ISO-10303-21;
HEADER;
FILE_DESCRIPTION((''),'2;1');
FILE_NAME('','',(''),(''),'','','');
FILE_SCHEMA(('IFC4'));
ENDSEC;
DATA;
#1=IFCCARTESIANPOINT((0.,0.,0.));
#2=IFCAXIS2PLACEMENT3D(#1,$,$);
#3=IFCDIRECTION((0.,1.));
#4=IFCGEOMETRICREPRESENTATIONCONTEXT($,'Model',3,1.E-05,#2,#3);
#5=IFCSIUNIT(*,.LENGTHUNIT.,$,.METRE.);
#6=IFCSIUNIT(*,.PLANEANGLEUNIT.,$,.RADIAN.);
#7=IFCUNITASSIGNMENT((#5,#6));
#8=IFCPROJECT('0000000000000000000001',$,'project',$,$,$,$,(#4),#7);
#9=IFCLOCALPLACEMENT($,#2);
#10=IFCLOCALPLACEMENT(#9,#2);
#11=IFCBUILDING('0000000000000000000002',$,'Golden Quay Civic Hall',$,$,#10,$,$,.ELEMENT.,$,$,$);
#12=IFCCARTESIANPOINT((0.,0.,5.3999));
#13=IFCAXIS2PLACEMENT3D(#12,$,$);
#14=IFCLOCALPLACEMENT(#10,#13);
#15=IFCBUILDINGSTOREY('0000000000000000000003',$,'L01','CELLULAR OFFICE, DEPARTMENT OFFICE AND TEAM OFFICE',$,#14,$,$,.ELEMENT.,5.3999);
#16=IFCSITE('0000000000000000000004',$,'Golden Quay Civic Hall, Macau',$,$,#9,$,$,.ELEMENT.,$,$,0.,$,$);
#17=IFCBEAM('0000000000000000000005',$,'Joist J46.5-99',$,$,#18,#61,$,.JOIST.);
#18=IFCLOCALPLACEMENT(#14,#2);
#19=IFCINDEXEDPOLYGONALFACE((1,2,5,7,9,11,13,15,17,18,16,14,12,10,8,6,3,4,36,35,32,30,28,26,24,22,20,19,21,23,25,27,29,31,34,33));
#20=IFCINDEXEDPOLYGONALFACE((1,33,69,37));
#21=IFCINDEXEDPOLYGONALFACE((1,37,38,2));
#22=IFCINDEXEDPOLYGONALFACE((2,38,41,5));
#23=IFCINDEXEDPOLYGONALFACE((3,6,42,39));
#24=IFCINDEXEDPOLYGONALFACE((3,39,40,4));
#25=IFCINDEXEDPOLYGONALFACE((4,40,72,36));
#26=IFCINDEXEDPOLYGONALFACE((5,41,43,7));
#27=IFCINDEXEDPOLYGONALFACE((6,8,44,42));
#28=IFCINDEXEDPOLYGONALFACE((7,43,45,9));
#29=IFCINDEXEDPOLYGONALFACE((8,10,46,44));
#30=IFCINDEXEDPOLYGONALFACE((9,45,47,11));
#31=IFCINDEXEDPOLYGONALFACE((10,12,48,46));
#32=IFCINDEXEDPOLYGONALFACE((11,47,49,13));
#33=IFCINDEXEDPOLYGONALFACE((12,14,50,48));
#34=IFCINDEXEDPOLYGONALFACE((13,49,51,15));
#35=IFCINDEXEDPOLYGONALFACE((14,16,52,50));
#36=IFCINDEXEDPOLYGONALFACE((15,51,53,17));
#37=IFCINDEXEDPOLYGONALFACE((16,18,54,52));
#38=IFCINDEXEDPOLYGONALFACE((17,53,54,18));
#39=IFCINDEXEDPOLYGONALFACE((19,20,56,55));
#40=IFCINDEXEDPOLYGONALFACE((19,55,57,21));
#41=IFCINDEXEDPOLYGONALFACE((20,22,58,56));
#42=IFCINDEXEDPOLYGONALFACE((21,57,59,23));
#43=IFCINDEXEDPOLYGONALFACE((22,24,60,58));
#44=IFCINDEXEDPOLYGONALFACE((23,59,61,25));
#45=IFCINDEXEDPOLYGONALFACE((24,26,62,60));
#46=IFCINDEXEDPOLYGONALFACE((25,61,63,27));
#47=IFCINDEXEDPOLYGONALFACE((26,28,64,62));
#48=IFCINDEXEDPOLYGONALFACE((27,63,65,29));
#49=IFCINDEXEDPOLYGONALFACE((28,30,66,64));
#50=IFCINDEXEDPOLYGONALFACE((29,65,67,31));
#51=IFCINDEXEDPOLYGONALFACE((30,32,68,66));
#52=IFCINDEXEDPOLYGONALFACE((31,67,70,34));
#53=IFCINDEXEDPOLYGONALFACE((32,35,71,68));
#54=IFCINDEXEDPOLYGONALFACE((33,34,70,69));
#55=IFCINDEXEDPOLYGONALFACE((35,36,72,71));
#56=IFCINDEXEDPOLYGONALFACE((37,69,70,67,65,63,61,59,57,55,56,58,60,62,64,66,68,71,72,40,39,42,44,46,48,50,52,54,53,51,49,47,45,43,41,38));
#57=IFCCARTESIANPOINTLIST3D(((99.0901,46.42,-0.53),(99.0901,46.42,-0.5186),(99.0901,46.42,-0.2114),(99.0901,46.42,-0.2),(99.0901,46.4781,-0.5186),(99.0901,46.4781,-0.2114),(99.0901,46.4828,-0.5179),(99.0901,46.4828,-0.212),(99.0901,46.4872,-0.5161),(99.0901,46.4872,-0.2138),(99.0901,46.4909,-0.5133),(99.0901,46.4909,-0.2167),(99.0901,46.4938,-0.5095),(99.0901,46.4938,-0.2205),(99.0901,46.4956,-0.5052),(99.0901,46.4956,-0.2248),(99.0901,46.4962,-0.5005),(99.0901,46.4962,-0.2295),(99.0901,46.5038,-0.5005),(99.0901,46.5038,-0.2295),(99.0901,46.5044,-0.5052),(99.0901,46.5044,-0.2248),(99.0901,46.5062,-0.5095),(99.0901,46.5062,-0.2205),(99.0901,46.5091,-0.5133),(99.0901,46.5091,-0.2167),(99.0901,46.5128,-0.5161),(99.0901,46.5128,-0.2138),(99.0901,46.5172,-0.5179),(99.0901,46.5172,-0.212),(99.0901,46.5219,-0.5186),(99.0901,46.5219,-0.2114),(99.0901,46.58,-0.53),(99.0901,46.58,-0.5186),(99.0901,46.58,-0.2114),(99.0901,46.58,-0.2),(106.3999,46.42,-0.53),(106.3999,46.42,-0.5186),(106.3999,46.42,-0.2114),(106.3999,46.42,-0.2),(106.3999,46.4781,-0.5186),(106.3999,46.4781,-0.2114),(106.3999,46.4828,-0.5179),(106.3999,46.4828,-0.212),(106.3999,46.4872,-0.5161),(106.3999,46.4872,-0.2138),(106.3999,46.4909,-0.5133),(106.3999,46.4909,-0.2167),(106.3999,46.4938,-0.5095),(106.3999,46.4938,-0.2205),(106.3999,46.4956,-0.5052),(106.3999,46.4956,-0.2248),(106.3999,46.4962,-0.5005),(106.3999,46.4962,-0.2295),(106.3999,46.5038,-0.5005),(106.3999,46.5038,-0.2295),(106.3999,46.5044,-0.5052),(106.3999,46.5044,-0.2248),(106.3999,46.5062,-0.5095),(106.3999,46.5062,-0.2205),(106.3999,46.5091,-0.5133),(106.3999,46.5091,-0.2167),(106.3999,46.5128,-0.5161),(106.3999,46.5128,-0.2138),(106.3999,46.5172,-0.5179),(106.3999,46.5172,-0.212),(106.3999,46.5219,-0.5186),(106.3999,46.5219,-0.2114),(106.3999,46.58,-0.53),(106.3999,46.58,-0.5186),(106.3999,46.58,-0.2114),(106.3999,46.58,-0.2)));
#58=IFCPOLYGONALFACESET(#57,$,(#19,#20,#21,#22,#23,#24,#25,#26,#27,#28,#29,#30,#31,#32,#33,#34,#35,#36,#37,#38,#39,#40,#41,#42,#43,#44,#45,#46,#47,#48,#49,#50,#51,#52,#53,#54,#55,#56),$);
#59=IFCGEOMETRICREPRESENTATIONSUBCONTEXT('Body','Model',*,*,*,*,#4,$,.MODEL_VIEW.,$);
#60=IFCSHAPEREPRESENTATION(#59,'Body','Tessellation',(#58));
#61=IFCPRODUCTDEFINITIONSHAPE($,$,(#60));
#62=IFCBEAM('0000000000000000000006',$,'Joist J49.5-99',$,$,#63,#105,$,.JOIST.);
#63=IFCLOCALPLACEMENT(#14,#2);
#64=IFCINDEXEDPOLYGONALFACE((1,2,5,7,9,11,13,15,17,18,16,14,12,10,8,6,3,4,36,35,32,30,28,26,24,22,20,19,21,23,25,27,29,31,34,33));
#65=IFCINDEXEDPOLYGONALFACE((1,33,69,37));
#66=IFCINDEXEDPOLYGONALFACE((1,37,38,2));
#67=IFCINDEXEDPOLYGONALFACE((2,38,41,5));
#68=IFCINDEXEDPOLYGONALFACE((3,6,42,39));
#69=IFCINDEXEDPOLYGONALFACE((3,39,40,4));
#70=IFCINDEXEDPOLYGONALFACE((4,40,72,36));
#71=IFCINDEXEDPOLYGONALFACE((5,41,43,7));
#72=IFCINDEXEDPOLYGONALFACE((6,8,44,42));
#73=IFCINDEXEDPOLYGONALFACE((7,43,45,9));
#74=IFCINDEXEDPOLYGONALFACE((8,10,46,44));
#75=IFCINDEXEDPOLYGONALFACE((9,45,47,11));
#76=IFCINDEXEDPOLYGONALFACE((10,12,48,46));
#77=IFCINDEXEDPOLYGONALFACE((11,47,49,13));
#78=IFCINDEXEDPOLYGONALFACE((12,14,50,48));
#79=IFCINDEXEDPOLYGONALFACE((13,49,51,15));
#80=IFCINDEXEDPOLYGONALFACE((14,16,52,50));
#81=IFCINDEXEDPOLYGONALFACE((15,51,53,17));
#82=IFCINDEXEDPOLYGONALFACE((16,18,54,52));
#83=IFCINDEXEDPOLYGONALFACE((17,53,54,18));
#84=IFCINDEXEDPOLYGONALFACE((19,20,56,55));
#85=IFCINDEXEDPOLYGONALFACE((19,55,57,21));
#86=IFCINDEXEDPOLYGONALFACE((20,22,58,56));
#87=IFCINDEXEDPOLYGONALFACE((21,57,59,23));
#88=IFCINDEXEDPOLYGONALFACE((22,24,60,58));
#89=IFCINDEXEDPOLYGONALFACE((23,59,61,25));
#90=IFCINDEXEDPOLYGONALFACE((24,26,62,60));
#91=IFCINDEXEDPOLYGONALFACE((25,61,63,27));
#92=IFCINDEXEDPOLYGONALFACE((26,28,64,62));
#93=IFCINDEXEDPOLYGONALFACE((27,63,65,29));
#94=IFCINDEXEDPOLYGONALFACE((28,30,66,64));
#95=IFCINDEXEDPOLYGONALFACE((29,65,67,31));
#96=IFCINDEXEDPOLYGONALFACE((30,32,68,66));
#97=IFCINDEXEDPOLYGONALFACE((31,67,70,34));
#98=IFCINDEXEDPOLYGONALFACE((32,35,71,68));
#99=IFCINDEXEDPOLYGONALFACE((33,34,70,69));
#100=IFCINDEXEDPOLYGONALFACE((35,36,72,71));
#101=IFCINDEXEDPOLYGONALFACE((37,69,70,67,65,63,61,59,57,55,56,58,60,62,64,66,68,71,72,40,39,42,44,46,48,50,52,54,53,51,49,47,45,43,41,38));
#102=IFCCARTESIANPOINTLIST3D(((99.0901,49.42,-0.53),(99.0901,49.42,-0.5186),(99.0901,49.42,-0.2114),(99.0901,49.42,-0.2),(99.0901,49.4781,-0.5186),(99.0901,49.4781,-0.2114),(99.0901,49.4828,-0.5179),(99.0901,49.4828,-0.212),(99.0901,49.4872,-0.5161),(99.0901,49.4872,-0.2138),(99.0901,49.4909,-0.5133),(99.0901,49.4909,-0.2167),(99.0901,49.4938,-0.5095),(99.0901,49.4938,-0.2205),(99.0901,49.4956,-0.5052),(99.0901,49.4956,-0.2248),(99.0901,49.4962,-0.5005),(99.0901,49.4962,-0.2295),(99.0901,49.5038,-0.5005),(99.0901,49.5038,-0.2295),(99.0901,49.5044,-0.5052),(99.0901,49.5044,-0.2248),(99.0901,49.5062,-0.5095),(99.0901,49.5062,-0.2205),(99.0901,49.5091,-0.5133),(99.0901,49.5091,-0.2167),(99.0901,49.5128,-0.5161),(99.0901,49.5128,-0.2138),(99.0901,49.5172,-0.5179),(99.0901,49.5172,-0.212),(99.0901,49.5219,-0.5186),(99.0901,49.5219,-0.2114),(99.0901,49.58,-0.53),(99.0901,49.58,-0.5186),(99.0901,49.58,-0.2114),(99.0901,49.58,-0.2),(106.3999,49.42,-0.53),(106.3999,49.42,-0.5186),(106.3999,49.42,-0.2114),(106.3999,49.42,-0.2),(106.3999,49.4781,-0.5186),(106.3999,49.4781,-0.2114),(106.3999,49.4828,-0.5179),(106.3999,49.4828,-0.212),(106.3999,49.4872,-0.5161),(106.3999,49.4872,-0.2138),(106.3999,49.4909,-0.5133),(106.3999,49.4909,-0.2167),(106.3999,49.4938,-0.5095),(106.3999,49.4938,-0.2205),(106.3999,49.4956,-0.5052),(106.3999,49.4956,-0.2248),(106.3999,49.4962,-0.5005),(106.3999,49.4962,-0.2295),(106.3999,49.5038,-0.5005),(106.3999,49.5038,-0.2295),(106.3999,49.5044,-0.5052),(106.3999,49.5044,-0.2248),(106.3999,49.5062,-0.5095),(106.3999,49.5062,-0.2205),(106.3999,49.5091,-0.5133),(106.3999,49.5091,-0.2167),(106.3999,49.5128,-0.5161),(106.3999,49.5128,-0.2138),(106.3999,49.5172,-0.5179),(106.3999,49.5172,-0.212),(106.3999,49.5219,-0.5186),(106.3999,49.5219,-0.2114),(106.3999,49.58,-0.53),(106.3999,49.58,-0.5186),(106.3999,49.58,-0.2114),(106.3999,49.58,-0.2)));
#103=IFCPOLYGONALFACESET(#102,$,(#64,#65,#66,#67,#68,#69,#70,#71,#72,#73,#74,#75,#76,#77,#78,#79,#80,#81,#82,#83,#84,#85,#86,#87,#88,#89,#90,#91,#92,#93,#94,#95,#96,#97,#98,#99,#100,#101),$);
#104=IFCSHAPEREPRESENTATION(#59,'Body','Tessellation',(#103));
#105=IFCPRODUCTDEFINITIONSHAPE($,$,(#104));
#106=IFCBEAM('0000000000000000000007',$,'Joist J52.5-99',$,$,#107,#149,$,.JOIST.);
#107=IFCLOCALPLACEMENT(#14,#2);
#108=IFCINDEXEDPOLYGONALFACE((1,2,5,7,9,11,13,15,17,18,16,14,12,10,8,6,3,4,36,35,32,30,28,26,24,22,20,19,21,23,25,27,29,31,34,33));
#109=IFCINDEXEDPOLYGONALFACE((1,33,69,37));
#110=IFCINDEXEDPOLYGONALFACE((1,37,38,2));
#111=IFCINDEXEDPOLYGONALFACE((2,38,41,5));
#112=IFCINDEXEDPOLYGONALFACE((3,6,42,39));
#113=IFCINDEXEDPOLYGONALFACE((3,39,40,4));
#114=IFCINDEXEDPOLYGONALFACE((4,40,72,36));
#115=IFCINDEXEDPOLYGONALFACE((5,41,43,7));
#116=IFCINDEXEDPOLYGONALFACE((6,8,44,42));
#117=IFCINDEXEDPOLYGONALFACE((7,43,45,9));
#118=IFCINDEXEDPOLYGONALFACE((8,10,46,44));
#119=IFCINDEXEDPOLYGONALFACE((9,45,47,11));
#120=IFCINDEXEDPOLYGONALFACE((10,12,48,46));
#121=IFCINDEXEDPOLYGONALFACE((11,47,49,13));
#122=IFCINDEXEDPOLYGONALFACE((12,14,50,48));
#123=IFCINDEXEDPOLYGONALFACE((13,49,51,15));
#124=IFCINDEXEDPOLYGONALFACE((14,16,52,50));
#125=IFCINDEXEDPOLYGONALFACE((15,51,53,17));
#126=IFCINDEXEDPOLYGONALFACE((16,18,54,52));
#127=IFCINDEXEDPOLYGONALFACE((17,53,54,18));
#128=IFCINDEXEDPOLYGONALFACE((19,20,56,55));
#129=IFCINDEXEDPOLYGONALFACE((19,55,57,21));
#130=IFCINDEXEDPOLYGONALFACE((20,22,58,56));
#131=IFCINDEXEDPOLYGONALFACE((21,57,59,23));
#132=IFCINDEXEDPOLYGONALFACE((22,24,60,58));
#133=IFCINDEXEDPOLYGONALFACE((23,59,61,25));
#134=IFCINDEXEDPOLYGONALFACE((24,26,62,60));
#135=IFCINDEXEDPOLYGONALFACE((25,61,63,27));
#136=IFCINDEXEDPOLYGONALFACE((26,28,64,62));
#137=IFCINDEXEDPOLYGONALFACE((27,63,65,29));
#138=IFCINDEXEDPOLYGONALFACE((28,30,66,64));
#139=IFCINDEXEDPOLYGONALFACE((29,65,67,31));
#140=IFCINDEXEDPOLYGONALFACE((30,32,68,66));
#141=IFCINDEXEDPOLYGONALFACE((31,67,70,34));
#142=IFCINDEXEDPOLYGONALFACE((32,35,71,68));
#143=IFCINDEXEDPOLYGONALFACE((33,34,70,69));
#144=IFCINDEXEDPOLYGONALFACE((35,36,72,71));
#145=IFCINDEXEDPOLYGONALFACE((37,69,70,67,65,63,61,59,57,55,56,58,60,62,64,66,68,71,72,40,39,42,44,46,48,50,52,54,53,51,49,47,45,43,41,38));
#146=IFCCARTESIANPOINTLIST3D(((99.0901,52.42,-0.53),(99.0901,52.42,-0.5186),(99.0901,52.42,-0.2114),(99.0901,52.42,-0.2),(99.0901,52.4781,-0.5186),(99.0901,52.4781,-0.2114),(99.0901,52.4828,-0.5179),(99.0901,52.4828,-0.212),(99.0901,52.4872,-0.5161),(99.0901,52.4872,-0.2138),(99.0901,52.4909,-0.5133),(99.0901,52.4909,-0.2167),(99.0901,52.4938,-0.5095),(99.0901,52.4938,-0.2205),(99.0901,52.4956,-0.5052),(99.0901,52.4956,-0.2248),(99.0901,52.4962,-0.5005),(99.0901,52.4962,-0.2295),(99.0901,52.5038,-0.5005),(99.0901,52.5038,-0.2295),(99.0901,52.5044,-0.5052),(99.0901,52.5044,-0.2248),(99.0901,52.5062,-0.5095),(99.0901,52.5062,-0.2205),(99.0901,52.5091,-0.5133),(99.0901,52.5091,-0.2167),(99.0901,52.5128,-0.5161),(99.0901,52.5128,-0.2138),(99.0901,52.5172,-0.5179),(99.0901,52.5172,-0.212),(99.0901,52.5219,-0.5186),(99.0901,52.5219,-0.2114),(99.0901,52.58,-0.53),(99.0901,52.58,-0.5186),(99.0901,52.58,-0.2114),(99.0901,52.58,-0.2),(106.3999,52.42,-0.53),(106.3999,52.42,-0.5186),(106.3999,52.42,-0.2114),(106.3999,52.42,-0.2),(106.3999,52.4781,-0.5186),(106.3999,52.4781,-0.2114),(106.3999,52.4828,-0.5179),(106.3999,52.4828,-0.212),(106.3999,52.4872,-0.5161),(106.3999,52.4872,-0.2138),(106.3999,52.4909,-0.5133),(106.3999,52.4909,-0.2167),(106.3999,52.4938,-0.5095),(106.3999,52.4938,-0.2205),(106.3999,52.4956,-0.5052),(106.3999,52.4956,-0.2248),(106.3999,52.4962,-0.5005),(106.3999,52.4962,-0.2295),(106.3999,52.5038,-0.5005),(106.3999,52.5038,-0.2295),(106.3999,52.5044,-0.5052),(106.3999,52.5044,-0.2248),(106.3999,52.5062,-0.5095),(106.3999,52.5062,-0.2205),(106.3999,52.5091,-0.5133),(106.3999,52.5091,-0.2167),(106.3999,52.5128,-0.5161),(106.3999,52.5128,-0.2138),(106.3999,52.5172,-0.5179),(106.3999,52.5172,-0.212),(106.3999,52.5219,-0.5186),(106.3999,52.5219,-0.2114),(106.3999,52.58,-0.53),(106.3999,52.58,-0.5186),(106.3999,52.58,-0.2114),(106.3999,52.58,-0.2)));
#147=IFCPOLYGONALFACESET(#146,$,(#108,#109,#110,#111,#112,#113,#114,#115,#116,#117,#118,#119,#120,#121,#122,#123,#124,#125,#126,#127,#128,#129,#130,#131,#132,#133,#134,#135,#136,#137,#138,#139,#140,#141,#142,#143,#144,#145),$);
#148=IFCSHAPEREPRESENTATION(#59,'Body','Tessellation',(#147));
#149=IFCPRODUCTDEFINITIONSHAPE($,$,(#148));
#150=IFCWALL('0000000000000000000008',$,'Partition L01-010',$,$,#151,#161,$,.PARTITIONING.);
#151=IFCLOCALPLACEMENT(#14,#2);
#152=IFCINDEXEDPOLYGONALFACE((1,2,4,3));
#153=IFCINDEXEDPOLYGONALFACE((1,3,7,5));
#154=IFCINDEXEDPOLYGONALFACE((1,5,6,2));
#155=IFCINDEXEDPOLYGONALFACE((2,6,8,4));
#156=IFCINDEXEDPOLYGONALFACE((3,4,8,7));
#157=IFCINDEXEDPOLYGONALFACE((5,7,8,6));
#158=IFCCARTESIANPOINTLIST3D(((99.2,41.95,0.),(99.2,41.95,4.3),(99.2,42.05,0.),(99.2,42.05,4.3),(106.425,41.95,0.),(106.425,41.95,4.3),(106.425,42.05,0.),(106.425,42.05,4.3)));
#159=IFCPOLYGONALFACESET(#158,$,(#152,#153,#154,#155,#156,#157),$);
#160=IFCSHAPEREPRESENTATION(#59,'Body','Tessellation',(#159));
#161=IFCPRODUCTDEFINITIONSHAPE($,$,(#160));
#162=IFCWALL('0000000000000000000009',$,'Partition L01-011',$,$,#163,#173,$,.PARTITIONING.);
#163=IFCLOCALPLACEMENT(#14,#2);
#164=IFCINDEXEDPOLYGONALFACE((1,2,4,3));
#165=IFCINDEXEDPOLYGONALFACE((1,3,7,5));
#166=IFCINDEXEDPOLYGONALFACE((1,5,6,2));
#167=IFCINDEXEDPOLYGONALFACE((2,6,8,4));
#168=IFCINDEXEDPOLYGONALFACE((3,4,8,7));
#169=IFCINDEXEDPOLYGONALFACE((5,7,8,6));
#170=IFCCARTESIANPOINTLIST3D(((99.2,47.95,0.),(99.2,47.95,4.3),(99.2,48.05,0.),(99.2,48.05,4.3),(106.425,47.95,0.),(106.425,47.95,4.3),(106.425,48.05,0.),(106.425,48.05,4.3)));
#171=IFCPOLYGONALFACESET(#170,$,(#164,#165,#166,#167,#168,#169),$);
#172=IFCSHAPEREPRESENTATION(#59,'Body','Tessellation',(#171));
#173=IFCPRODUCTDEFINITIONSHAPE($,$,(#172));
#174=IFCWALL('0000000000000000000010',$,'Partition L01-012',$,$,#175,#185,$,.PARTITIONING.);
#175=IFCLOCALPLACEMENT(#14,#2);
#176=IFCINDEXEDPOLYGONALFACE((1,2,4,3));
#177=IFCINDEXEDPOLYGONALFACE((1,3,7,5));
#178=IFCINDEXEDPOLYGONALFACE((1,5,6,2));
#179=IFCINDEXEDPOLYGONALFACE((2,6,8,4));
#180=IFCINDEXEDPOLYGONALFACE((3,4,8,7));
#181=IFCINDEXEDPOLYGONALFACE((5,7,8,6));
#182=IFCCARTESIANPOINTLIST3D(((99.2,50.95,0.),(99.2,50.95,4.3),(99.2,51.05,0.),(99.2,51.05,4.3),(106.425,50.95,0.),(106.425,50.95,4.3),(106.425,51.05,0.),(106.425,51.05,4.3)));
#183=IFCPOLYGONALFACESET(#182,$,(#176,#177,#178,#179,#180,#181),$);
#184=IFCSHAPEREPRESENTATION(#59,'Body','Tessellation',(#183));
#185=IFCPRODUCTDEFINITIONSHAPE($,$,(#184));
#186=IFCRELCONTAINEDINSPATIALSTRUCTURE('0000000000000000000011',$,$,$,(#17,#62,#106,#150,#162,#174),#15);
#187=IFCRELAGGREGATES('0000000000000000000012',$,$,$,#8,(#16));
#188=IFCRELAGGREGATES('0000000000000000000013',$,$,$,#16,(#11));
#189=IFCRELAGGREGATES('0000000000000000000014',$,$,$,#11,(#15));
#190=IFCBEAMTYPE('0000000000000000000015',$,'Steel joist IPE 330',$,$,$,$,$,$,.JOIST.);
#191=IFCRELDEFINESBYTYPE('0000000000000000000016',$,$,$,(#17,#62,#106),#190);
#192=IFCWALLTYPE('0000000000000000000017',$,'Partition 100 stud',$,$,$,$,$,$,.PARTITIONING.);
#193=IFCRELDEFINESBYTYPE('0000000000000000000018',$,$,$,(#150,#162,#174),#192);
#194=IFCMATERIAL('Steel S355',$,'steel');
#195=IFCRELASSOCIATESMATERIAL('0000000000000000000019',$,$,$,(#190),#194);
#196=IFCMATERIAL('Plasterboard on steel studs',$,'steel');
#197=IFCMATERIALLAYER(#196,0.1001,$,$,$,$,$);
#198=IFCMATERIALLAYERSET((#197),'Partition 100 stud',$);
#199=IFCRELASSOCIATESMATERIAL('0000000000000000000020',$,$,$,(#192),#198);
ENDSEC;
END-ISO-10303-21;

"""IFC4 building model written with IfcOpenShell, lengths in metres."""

from ifc_helpers import new_model, si_unit, direction, frame, frame_2d, origin, origin_2d, place, context, subcontext, project, spatial, rectangle, i_section, extrude, material, layer, layer_set, material_profile, profile_set, type_object, element, save


model = new_model("IFC4")

# Units and contexts
model_context = context("Model", 3, precision=1e-05, world=origin(), true_north=direction((0.0, 1.0)))
body_context = subcontext(model_context, "Body", "Model", "MODEL_VIEW")
ifc_project = project(units=[si_unit("LENGTHUNIT", "METRE"), si_unit("PLANEANGLEUNIT", "RADIAN")], contexts=[model_context])

# Site, building, storey
site_placement = place(None, origin())
site = spatial("IfcSite", under=ifc_project, at=site_placement, Name="Golden Quay Civic Hall, Macau", CompositionType="ELEMENT", RefElevation=0.0)
building_placement = place(site_placement, origin())
building = spatial("IfcBuilding", under=site, at=building_placement, Name="Golden Quay Civic Hall", CompositionType="ELEMENT")
storey_placement = place(building_placement, frame((0.0, 0.0, 5.3999)))
storey = spatial("IfcBuildingStorey", under=building, at=storey_placement, Name="L01", Description="CELLULAR OFFICE, DEPARTMENT OFFICE AND TEAM OFFICE", CompositionType="ELEMENT", Elevation=5.3999)

# Beams
ifc_material_1 = material(Name="Steel S355", Category="steel")
ifc_material_profile_1 = material_profile(ifc_material_1, i_section(OverallWidth=0.1599, OverallDepth=0.3301, WebThickness=0.0076, FlangeThickness=0.0115, FilletRadius=0.0181, at=origin_2d()), Name="IPE 330")
ifc_profile_set_1 = profile_set([ifc_material_profile_1], Name="Steel S355")
beam_type_1 = type_object("IfcBeamType", Name="Steel joist IPE 330", PredefinedType="JOIST", material=ifc_profile_set_1)
for number, where, z_axis, x_axis, name in (
    (1, (99.0901, 46.5, -0.365), (1.0, 0.0, 0.0), (0.0, 1.0, 0.0), "Joist J46.5-99"),
    (2, (99.0901, 49.5, -0.365), (1.0, 0.0, 0.0), (0.0, 1.0, 0.0), "Joist J49.5-99"),
    (3, (99.0901, 52.5, -0.365), (1.0, 0.0, 0.0), (0.0, 1.0, 0.0), "Joist J52.5-99"),
):
    element("IfcBeam", number, at=place(storey_placement, frame(where, z_axis=z_axis, x_axis=x_axis)), inside=storey, type_object=beam_type_1, Name=name, PredefinedType="JOIST", context=body_context, shape_type="SweptSolid", body=[
        extrude(i_section(OverallWidth=0.1599, OverallDepth=0.3301, WebThickness=0.0076, FlangeThickness=0.0115, FilletRadius=0.0181, at=origin_2d()), origin(), (0.0, 0.0, 1.0), 7.3098),
    ])

# Walls
ifc_material_2 = material(Name="Plasterboard on steel studs", Category="steel")
ifc_layer_1 = layer(ifc_material_2, 0.1001)
ifc_layer_set_1 = layer_set([ifc_layer_1], Name="Partition 100 stud")
wall_type_1 = type_object("IfcWallType", Name="Partition 100 stud", PredefinedType="PARTITIONING", material=ifc_layer_set_1)
for number, where, z_axis, x_axis, name in (
    (4, (99.2, 42.0, 0.0), (0.0, 0.0, 1.0), (1.0, 0.0, 0.0), "Partition L01-010"),
    (5, (99.2, 48.0, 0.0), (0.0, 0.0, 1.0), (1.0, 0.0, 0.0), "Partition L01-011"),
    (6, (99.2, 51.0, 0.0), (0.0, 0.0, 1.0), (1.0, 0.0, 0.0), "Partition L01-012"),
):
    element("IfcWall", number, at=place(storey_placement, frame(where, z_axis=z_axis, x_axis=x_axis)), inside=storey, type_object=wall_type_1, Name=name, PredefinedType="PARTITIONING", context=body_context, shape_type="SweptSolid", body=[
        extrude(rectangle(XDim=7.2251, YDim=0.1001, at=frame_2d((3.6125, 0.0))), origin(), (0.0, 0.0, 1.0), 4.3),
    ])

save(model, "model.ifc")
